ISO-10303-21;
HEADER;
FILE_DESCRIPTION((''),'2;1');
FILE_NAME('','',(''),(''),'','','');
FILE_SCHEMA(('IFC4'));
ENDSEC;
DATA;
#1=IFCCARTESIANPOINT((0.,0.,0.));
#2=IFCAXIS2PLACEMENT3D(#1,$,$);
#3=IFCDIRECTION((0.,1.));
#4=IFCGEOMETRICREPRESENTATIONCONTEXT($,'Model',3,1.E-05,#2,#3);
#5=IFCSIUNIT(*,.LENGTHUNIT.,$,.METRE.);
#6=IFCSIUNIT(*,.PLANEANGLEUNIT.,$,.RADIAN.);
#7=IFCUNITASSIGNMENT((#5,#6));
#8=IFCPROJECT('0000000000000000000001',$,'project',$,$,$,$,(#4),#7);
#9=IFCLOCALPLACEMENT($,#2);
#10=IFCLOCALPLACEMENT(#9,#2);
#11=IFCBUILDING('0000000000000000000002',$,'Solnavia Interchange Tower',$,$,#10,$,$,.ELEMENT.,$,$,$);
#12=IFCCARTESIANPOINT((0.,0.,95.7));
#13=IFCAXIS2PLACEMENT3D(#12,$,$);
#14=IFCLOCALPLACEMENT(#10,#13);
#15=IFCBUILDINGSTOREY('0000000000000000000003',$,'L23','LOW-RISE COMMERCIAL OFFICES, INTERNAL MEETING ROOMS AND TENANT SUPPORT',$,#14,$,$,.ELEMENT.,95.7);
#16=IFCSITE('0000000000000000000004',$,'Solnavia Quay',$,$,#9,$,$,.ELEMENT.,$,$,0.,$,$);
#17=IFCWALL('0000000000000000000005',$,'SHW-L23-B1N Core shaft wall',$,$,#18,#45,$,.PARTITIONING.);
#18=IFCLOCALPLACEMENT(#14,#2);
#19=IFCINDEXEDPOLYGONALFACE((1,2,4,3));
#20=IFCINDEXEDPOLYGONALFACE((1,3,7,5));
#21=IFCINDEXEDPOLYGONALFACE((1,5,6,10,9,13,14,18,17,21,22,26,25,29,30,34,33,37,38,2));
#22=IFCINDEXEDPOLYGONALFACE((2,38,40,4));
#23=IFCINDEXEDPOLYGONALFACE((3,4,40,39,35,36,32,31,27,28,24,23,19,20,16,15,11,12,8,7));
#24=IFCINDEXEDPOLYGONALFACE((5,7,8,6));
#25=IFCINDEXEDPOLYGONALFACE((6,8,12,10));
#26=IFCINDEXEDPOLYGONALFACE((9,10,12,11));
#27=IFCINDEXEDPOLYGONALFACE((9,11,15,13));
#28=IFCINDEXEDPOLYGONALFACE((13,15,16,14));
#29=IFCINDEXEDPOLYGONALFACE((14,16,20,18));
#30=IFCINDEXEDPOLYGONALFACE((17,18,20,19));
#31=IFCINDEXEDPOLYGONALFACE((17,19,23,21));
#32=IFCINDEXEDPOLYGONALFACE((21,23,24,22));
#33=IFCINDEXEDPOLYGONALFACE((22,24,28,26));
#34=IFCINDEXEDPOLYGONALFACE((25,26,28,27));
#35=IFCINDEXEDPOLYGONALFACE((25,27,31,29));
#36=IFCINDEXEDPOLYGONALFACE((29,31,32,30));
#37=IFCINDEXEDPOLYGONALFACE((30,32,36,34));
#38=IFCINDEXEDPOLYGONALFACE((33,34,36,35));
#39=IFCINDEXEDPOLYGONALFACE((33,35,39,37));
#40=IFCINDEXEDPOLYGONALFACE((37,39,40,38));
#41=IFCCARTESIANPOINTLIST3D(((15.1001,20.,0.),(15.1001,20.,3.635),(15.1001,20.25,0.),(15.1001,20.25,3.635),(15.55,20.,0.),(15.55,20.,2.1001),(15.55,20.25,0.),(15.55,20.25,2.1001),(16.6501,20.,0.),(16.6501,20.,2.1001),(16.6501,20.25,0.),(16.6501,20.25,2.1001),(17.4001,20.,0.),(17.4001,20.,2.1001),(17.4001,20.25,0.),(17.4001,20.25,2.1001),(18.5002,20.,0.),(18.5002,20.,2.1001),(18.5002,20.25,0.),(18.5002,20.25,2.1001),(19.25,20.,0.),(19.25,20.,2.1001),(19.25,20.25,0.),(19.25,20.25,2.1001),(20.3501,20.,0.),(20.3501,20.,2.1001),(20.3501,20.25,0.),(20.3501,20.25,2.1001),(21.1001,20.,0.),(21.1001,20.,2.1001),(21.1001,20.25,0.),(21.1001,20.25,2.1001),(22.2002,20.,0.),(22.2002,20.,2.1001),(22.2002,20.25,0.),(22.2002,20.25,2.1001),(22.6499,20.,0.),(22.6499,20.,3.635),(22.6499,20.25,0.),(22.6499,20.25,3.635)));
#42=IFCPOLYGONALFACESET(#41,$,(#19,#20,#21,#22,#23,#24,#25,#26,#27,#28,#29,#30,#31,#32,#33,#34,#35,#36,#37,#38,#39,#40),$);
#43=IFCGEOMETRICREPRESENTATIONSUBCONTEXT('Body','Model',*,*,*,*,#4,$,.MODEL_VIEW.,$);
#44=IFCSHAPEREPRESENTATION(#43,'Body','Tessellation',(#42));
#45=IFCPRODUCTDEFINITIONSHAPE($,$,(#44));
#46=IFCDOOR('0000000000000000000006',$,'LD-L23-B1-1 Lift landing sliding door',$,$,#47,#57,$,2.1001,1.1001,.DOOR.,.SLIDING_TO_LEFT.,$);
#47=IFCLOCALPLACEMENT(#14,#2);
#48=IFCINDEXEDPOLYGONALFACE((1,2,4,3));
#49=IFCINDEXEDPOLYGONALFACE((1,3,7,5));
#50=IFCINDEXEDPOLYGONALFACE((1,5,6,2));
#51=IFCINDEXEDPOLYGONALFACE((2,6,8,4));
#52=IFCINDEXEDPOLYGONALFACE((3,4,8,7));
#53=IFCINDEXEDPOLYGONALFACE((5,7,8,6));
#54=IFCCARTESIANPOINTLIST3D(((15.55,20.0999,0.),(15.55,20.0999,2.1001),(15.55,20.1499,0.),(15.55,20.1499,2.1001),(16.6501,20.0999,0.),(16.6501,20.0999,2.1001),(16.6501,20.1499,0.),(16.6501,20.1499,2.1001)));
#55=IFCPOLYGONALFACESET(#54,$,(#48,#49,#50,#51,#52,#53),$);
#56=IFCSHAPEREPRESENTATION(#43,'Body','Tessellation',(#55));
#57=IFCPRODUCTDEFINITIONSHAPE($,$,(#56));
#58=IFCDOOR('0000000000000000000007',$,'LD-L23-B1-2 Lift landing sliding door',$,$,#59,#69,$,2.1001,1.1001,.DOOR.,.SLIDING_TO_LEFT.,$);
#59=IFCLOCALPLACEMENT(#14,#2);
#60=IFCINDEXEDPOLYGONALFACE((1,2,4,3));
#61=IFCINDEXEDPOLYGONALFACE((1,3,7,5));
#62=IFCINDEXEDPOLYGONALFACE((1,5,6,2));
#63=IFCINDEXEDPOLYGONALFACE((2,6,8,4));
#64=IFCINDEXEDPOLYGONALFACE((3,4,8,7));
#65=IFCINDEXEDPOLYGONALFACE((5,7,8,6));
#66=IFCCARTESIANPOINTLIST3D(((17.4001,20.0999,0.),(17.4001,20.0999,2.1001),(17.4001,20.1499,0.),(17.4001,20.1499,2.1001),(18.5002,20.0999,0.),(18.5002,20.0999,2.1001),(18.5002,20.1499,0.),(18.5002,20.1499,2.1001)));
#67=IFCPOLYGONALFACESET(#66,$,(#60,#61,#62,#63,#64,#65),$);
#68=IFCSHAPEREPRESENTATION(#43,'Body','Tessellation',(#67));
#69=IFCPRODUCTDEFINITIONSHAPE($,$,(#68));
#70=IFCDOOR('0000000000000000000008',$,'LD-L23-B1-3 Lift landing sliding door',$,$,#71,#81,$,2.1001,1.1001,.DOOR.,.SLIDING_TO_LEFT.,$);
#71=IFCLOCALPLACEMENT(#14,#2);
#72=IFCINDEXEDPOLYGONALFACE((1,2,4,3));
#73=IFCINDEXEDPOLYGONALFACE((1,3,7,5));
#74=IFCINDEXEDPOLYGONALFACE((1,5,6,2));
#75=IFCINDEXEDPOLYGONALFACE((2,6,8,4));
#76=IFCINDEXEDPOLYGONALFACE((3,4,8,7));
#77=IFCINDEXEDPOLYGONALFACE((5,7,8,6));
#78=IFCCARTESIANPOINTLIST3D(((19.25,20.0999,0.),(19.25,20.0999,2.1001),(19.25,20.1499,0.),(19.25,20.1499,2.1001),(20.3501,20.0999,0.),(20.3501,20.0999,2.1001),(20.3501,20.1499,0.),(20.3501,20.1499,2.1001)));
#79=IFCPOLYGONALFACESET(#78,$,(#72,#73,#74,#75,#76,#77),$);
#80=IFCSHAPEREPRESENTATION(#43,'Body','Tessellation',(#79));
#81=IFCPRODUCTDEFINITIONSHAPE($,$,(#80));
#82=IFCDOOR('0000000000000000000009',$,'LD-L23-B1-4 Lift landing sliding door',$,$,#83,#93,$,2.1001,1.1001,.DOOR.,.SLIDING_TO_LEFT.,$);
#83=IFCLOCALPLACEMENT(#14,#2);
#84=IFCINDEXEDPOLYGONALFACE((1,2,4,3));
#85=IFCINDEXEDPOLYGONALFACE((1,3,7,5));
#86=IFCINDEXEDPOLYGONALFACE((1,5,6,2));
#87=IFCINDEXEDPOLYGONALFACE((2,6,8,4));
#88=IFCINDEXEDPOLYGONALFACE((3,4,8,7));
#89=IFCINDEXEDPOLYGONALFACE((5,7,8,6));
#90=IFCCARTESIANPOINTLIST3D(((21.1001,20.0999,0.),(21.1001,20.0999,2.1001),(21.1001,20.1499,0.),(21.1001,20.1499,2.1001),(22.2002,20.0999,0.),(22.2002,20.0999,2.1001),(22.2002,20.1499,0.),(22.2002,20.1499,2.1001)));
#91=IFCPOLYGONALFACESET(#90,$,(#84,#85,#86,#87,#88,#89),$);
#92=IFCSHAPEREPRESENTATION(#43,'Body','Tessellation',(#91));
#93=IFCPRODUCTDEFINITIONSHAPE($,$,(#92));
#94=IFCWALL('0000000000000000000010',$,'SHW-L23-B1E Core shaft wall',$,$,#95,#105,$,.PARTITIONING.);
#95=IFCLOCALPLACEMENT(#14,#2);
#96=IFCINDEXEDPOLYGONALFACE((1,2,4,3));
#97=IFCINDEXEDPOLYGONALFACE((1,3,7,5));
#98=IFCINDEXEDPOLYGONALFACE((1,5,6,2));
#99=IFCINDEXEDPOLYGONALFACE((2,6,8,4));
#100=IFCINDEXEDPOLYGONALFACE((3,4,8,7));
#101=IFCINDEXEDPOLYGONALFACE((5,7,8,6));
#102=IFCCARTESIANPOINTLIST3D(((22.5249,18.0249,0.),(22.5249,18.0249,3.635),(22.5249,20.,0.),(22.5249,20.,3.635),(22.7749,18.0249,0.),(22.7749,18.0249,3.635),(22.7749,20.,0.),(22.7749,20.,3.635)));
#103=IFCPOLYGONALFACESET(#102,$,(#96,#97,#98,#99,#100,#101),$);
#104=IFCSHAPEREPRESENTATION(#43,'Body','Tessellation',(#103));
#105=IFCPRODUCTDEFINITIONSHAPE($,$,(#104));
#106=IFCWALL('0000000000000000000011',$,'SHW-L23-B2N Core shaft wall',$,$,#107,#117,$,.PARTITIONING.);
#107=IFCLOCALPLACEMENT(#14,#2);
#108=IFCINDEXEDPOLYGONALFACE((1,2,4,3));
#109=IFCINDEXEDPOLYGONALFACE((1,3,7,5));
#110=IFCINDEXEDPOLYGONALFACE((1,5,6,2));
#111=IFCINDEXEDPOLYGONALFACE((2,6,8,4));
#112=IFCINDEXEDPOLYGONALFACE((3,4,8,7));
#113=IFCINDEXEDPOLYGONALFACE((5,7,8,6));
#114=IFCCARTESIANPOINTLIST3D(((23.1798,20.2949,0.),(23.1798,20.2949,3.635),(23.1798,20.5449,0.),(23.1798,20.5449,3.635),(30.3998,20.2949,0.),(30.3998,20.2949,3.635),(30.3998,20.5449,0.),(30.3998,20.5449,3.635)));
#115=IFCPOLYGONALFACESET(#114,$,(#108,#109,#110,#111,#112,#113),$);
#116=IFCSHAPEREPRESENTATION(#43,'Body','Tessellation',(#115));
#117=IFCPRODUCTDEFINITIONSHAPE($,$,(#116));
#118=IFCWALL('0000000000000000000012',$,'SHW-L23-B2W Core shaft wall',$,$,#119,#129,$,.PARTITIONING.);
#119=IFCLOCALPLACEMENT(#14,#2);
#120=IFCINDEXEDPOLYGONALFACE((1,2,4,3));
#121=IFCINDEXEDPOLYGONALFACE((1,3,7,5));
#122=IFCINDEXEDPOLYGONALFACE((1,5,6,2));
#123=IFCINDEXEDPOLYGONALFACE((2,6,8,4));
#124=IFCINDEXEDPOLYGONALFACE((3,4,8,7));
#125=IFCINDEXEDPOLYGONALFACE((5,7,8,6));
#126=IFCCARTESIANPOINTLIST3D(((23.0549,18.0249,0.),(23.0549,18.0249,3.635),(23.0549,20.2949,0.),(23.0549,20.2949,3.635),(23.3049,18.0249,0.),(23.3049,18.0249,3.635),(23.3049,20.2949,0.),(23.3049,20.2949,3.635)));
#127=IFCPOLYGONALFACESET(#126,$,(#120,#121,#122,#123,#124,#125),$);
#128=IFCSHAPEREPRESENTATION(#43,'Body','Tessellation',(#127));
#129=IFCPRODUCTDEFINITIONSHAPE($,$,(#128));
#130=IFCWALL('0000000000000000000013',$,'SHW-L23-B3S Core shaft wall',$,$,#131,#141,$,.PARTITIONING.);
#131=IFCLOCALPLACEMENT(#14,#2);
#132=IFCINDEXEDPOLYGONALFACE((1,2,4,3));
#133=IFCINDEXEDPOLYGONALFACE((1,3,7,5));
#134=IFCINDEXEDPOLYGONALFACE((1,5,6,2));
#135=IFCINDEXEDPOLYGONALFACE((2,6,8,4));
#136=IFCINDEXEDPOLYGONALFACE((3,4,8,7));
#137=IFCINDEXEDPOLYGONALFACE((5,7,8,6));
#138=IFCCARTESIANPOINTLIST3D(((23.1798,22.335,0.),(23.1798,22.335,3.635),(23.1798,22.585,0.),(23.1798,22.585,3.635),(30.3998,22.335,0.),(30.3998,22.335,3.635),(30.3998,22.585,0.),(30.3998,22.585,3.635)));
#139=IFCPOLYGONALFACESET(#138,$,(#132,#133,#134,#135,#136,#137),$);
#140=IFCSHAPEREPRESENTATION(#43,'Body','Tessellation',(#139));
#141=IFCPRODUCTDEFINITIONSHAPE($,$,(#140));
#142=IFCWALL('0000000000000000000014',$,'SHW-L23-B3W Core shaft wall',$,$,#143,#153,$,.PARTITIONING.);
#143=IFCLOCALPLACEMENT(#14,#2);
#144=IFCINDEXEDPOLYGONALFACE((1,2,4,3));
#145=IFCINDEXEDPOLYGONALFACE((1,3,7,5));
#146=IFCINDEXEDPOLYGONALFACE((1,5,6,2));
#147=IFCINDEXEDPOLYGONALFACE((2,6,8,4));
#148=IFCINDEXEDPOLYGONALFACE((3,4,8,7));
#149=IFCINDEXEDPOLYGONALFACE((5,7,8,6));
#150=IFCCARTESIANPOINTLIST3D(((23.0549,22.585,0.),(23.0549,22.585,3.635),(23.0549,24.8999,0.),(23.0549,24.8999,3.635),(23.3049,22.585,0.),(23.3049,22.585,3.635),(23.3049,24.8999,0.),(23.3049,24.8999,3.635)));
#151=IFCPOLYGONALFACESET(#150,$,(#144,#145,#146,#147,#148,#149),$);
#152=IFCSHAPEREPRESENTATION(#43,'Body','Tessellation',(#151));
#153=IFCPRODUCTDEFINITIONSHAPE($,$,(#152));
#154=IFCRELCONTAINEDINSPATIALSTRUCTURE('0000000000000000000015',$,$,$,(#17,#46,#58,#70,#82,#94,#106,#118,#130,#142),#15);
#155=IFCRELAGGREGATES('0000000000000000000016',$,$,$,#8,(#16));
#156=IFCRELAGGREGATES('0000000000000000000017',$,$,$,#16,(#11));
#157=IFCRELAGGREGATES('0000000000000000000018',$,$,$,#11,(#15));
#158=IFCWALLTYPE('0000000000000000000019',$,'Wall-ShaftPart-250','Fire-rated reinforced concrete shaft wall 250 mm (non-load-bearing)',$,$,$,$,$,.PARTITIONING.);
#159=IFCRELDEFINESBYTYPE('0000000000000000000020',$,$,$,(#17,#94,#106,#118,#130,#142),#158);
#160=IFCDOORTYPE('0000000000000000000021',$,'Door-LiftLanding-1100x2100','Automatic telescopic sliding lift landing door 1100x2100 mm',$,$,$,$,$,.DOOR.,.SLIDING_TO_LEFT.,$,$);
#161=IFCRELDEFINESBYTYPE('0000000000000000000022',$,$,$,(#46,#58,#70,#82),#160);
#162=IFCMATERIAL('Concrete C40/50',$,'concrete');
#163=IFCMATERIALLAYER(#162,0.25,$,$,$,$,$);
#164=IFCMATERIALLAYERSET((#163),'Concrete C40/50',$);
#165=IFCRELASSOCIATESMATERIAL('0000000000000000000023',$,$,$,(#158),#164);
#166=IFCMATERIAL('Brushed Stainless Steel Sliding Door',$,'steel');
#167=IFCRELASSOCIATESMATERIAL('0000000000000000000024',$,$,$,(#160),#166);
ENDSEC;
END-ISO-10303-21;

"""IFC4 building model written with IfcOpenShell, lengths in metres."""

from ifc_helpers import new_model, si_unit, direction, frame, frame_2d, origin, place, context, subcontext, project, spatial, rectangle, extrude, material, layer, layer_set, type_object, element, fill, save


model = new_model("IFC4")

# Units and contexts
model_context = context("Model", 3, precision=1e-05, world=origin(), true_north=direction((0.0, 1.0)))
body_context = subcontext(model_context, "Body", "Model", "MODEL_VIEW")
ifc_project = project(units=[si_unit("LENGTHUNIT", "METRE"), si_unit("PLANEANGLEUNIT", "RADIAN")], contexts=[model_context])

# Site, building, storey
site_placement = place(None, origin())
site = spatial("IfcSite", under=ifc_project, at=site_placement, Name="Solnavia Quay", CompositionType="ELEMENT", RefElevation=0.0)
building_placement = place(site_placement, origin())
building = spatial("IfcBuilding", under=site, at=building_placement, Name="Solnavia Interchange Tower", CompositionType="ELEMENT")
storey_placement = place(building_placement, frame((0.0, 0.0, 95.7)))
storey = spatial("IfcBuildingStorey", under=building, at=storey_placement, Name="L23", Description="LOW-RISE COMMERCIAL OFFICES, INTERNAL MEETING ROOMS AND TENANT SUPPORT", CompositionType="ELEMENT", Elevation=95.7)

# Shared definitions
ifc_material_1 = material(Name="Concrete C40/50", Category="concrete")

# Shared definitions
ifc_layer_1 = layer(ifc_material_1, 0.25)
ifc_layer_set_1 = layer_set([ifc_layer_1], Name="Concrete C40/50")
wall_type_1 = type_object("IfcWallType", Name="Wall-ShaftPart-250", Description="Fire-rated reinforced concrete shaft wall 250 mm (non-load-bearing)", PredefinedType="PARTITIONING", material=ifc_layer_set_1)
ifc_material_2 = material(Name="Brushed Stainless Steel Sliding Door", Category="steel")
door_type_1 = type_object("IfcDoorType", Name="Door-LiftLanding-1100x2100", Description="Automatic telescopic sliding lift landing door 1100x2100 mm", OperationType="SLIDING_TO_LEFT", PredefinedType="DOOR", material=ifc_material_2)

# Wall, openings, doors
wall_1_placement = place(storey_placement, frame((15.1001, 20.125, 0.0), z_axis=(0.0, 0.0, 1.0), x_axis=(1.0, 0.0, 0.0)))
wall_1 = element("IfcWall", 1, at=wall_1_placement, inside=storey, type_object=wall_type_1, Name="SHW-L23-B1N Core shaft wall", PredefinedType="PARTITIONING", context=body_context, shape_type="SweptSolid", body=[
    extrude(rectangle(XDim=7.5498, YDim=0.25, at=frame_2d((3.7749, 0.0))), origin(), (0.0, 0.0, 1.0), 3.635),
])
opening_1_placement = place(wall_1_placement, frame((0.45, 0.0, 0.0)))
opening_1 = element("IfcOpeningElement", 2, at=opening_1_placement, cuts=wall_1, PredefinedType="OPENING", context=body_context, shape_type="SweptSolid", body=[
    extrude(rectangle(XDim=1.1001, YDim=2.1001, at=frame_2d((0.55, 1.05))), frame((0.0, 0.135, 0.0), z_axis=(0.0, -1.0, 0.0), x_axis=(1.0, 0.0, 0.0)), (0.0, 0.0, 1.0), 0.27),
])
opening_2_placement = place(wall_1_placement, frame((2.3, 0.0, 0.0)))
opening_2 = element("IfcOpeningElement", 3, at=opening_2_placement, cuts=wall_1, PredefinedType="OPENING", context=body_context, shape_type="SweptSolid", body=[
    extrude(rectangle(XDim=1.1001, YDim=2.1001, at=frame_2d((0.55, 1.05))), frame((0.0, 0.135, 0.0), z_axis=(0.0, -1.0, 0.0), x_axis=(1.0, 0.0, 0.0)), (0.0, 0.0, 1.0), 0.27),
])
opening_3_placement = place(wall_1_placement, frame((4.1499, 0.0, 0.0)))
opening_3 = element("IfcOpeningElement", 4, at=opening_3_placement, cuts=wall_1, PredefinedType="OPENING", context=body_context, shape_type="SweptSolid", body=[
    extrude(rectangle(XDim=1.1001, YDim=2.1001, at=frame_2d((0.55, 1.05))), frame((0.0, 0.135, 0.0), z_axis=(0.0, -1.0, 0.0), x_axis=(1.0, 0.0, 0.0)), (0.0, 0.0, 1.0), 0.27),
])
opening_4_placement = place(wall_1_placement, frame((6.0, 0.0, 0.0)))
opening_4 = element("IfcOpeningElement", 5, at=opening_4_placement, cuts=wall_1, PredefinedType="OPENING", context=body_context, shape_type="SweptSolid", body=[
    extrude(rectangle(XDim=1.1001, YDim=2.1001, at=frame_2d((0.55, 1.05))), frame((0.0, 0.135, 0.0), z_axis=(0.0, -1.0, 0.0), x_axis=(1.0, 0.0, 0.0)), (0.0, 0.0, 1.0), 0.27),
])
door_1_placement = place(opening_1_placement, origin())
door_1 = element("IfcDoor", 6, at=door_1_placement, inside=storey, type_object=door_type_1, Name="LD-L23-B1-1 Lift landing sliding door", OperationType="SLIDING_TO_LEFT", OverallHeight=2.1001, OverallWidth=1.1001, PredefinedType="DOOR", context=body_context, shape_type="SweptSolid", body=[
    extrude(rectangle(XDim=1.1001, YDim=2.1001, at=frame_2d((0.55, 1.05))), frame((0.0, 0.0249, 0.0), z_axis=(0.0, -1.0, 0.0), x_axis=(1.0, 0.0, 0.0)), (0.0, 0.0, 1.0), 0.05),
])
fill(opening_1, door_1)
door_2_placement = place(opening_2_placement, origin())
door_2 = element("IfcDoor", 7, at=door_2_placement, inside=storey, type_object=door_type_1, Name="LD-L23-B1-2 Lift landing sliding door", OperationType="SLIDING_TO_LEFT", OverallHeight=2.1001, OverallWidth=1.1001, PredefinedType="DOOR", context=body_context, shape_type="SweptSolid", body=[
    extrude(rectangle(XDim=1.1001, YDim=2.1001, at=frame_2d((0.55, 1.05))), frame((0.0, 0.0249, 0.0), z_axis=(0.0, -1.0, 0.0), x_axis=(1.0, 0.0, 0.0)), (0.0, 0.0, 1.0), 0.05),
])
fill(opening_2, door_2)
door_3_placement = place(opening_3_placement, origin())
door_3 = element("IfcDoor", 8, at=door_3_placement, inside=storey, type_object=door_type_1, Name="LD-L23-B1-3 Lift landing sliding door", OperationType="SLIDING_TO_LEFT", OverallHeight=2.1001, OverallWidth=1.1001, PredefinedType="DOOR", context=body_context, shape_type="SweptSolid", body=[
    extrude(rectangle(XDim=1.1001, YDim=2.1001, at=frame_2d((0.55, 1.05))), frame((0.0, 0.0249, 0.0), z_axis=(0.0, -1.0, 0.0), x_axis=(1.0, 0.0, 0.0)), (0.0, 0.0, 1.0), 0.05),
])
fill(opening_3, door_3)
door_4_placement = place(opening_4_placement, origin())
door_4 = element("IfcDoor", 9, at=door_4_placement, inside=storey, type_object=door_type_1, Name="LD-L23-B1-4 Lift landing sliding door", OperationType="SLIDING_TO_LEFT", OverallHeight=2.1001, OverallWidth=1.1001, PredefinedType="DOOR", context=body_context, shape_type="SweptSolid", body=[
    extrude(rectangle(XDim=1.1001, YDim=2.1001, at=frame_2d((0.55, 1.05))), frame((0.0, 0.0249, 0.0), z_axis=(0.0, -1.0, 0.0), x_axis=(1.0, 0.0, 0.0)), (0.0, 0.0, 1.0), 0.05),
])
fill(opening_4, door_4)

# Walls
wall_2_placement = place(storey_placement, frame((22.6499, 18.0249, 0.0), z_axis=(0.0, 0.0, 1.0), x_axis=(0.0, 1.0, 0.0)))
element("IfcWall", 10, at=wall_2_placement, inside=storey, type_object=wall_type_1, Name="SHW-L23-B1E Core shaft wall", PredefinedType="PARTITIONING", context=body_context, shape_type="SweptSolid", body=[
    extrude(rectangle(XDim=1.9751, YDim=0.25, at=frame_2d((0.9875, 0.0))), origin(), (0.0, 0.0, 1.0), 3.635),
])
wall_3_placement = place(storey_placement, frame((23.1799, 20.4199, 0.0), z_axis=(0.0, 0.0, 1.0), x_axis=(1.0, 0.0, 0.0)))
element("IfcWall", 11, at=wall_3_placement, inside=storey, type_object=wall_type_1, Name="SHW-L23-B2N Core shaft wall", PredefinedType="PARTITIONING", context=body_context, shape_type="SweptSolid", body=[
    extrude(rectangle(XDim=7.22, YDim=0.25, at=frame_2d((3.6099, 0.0))), origin(), (0.0, 0.0, 1.0), 3.635),
])
wall_4_placement = place(storey_placement, frame((23.1799, 18.0249, 0.0), z_axis=(0.0, 0.0, 1.0), x_axis=(0.0, 1.0, 0.0)))
element("IfcWall", 12, at=wall_4_placement, inside=storey, type_object=wall_type_1, Name="SHW-L23-B2W Core shaft wall", PredefinedType="PARTITIONING", context=body_context, shape_type="SweptSolid", body=[
    extrude(rectangle(XDim=2.27, YDim=0.25, at=frame_2d((1.135, 0.0))), origin(), (0.0, 0.0, 1.0), 3.635),
])
wall_5_placement = place(storey_placement, frame((23.1799, 22.46, 0.0), z_axis=(0.0, 0.0, 1.0), x_axis=(1.0, 0.0, 0.0)))
element("IfcWall", 13, at=wall_5_placement, inside=storey, type_object=wall_type_1, Name="SHW-L23-B3S Core shaft wall", PredefinedType="PARTITIONING", context=body_context, shape_type="SweptSolid", body=[
    extrude(rectangle(XDim=7.22, YDim=0.25, at=frame_2d((3.6099, 0.0))), origin(), (0.0, 0.0, 1.0), 3.635),
])
wall_6_placement = place(storey_placement, frame((23.1799, 22.585, 0.0), z_axis=(0.0, 0.0, 1.0), x_axis=(0.0, 1.0, 0.0)))
element("IfcWall", 14, at=wall_6_placement, inside=storey, type_object=wall_type_1, Name="SHW-L23-B3W Core shaft wall", PredefinedType="PARTITIONING", context=body_context, shape_type="SweptSolid", body=[
    extrude(rectangle(XDim=2.3149, YDim=0.25, at=frame_2d((1.1575, 0.0))), origin(), (0.0, 0.0, 1.0), 3.635),
])

save(model, "model.ifc")
